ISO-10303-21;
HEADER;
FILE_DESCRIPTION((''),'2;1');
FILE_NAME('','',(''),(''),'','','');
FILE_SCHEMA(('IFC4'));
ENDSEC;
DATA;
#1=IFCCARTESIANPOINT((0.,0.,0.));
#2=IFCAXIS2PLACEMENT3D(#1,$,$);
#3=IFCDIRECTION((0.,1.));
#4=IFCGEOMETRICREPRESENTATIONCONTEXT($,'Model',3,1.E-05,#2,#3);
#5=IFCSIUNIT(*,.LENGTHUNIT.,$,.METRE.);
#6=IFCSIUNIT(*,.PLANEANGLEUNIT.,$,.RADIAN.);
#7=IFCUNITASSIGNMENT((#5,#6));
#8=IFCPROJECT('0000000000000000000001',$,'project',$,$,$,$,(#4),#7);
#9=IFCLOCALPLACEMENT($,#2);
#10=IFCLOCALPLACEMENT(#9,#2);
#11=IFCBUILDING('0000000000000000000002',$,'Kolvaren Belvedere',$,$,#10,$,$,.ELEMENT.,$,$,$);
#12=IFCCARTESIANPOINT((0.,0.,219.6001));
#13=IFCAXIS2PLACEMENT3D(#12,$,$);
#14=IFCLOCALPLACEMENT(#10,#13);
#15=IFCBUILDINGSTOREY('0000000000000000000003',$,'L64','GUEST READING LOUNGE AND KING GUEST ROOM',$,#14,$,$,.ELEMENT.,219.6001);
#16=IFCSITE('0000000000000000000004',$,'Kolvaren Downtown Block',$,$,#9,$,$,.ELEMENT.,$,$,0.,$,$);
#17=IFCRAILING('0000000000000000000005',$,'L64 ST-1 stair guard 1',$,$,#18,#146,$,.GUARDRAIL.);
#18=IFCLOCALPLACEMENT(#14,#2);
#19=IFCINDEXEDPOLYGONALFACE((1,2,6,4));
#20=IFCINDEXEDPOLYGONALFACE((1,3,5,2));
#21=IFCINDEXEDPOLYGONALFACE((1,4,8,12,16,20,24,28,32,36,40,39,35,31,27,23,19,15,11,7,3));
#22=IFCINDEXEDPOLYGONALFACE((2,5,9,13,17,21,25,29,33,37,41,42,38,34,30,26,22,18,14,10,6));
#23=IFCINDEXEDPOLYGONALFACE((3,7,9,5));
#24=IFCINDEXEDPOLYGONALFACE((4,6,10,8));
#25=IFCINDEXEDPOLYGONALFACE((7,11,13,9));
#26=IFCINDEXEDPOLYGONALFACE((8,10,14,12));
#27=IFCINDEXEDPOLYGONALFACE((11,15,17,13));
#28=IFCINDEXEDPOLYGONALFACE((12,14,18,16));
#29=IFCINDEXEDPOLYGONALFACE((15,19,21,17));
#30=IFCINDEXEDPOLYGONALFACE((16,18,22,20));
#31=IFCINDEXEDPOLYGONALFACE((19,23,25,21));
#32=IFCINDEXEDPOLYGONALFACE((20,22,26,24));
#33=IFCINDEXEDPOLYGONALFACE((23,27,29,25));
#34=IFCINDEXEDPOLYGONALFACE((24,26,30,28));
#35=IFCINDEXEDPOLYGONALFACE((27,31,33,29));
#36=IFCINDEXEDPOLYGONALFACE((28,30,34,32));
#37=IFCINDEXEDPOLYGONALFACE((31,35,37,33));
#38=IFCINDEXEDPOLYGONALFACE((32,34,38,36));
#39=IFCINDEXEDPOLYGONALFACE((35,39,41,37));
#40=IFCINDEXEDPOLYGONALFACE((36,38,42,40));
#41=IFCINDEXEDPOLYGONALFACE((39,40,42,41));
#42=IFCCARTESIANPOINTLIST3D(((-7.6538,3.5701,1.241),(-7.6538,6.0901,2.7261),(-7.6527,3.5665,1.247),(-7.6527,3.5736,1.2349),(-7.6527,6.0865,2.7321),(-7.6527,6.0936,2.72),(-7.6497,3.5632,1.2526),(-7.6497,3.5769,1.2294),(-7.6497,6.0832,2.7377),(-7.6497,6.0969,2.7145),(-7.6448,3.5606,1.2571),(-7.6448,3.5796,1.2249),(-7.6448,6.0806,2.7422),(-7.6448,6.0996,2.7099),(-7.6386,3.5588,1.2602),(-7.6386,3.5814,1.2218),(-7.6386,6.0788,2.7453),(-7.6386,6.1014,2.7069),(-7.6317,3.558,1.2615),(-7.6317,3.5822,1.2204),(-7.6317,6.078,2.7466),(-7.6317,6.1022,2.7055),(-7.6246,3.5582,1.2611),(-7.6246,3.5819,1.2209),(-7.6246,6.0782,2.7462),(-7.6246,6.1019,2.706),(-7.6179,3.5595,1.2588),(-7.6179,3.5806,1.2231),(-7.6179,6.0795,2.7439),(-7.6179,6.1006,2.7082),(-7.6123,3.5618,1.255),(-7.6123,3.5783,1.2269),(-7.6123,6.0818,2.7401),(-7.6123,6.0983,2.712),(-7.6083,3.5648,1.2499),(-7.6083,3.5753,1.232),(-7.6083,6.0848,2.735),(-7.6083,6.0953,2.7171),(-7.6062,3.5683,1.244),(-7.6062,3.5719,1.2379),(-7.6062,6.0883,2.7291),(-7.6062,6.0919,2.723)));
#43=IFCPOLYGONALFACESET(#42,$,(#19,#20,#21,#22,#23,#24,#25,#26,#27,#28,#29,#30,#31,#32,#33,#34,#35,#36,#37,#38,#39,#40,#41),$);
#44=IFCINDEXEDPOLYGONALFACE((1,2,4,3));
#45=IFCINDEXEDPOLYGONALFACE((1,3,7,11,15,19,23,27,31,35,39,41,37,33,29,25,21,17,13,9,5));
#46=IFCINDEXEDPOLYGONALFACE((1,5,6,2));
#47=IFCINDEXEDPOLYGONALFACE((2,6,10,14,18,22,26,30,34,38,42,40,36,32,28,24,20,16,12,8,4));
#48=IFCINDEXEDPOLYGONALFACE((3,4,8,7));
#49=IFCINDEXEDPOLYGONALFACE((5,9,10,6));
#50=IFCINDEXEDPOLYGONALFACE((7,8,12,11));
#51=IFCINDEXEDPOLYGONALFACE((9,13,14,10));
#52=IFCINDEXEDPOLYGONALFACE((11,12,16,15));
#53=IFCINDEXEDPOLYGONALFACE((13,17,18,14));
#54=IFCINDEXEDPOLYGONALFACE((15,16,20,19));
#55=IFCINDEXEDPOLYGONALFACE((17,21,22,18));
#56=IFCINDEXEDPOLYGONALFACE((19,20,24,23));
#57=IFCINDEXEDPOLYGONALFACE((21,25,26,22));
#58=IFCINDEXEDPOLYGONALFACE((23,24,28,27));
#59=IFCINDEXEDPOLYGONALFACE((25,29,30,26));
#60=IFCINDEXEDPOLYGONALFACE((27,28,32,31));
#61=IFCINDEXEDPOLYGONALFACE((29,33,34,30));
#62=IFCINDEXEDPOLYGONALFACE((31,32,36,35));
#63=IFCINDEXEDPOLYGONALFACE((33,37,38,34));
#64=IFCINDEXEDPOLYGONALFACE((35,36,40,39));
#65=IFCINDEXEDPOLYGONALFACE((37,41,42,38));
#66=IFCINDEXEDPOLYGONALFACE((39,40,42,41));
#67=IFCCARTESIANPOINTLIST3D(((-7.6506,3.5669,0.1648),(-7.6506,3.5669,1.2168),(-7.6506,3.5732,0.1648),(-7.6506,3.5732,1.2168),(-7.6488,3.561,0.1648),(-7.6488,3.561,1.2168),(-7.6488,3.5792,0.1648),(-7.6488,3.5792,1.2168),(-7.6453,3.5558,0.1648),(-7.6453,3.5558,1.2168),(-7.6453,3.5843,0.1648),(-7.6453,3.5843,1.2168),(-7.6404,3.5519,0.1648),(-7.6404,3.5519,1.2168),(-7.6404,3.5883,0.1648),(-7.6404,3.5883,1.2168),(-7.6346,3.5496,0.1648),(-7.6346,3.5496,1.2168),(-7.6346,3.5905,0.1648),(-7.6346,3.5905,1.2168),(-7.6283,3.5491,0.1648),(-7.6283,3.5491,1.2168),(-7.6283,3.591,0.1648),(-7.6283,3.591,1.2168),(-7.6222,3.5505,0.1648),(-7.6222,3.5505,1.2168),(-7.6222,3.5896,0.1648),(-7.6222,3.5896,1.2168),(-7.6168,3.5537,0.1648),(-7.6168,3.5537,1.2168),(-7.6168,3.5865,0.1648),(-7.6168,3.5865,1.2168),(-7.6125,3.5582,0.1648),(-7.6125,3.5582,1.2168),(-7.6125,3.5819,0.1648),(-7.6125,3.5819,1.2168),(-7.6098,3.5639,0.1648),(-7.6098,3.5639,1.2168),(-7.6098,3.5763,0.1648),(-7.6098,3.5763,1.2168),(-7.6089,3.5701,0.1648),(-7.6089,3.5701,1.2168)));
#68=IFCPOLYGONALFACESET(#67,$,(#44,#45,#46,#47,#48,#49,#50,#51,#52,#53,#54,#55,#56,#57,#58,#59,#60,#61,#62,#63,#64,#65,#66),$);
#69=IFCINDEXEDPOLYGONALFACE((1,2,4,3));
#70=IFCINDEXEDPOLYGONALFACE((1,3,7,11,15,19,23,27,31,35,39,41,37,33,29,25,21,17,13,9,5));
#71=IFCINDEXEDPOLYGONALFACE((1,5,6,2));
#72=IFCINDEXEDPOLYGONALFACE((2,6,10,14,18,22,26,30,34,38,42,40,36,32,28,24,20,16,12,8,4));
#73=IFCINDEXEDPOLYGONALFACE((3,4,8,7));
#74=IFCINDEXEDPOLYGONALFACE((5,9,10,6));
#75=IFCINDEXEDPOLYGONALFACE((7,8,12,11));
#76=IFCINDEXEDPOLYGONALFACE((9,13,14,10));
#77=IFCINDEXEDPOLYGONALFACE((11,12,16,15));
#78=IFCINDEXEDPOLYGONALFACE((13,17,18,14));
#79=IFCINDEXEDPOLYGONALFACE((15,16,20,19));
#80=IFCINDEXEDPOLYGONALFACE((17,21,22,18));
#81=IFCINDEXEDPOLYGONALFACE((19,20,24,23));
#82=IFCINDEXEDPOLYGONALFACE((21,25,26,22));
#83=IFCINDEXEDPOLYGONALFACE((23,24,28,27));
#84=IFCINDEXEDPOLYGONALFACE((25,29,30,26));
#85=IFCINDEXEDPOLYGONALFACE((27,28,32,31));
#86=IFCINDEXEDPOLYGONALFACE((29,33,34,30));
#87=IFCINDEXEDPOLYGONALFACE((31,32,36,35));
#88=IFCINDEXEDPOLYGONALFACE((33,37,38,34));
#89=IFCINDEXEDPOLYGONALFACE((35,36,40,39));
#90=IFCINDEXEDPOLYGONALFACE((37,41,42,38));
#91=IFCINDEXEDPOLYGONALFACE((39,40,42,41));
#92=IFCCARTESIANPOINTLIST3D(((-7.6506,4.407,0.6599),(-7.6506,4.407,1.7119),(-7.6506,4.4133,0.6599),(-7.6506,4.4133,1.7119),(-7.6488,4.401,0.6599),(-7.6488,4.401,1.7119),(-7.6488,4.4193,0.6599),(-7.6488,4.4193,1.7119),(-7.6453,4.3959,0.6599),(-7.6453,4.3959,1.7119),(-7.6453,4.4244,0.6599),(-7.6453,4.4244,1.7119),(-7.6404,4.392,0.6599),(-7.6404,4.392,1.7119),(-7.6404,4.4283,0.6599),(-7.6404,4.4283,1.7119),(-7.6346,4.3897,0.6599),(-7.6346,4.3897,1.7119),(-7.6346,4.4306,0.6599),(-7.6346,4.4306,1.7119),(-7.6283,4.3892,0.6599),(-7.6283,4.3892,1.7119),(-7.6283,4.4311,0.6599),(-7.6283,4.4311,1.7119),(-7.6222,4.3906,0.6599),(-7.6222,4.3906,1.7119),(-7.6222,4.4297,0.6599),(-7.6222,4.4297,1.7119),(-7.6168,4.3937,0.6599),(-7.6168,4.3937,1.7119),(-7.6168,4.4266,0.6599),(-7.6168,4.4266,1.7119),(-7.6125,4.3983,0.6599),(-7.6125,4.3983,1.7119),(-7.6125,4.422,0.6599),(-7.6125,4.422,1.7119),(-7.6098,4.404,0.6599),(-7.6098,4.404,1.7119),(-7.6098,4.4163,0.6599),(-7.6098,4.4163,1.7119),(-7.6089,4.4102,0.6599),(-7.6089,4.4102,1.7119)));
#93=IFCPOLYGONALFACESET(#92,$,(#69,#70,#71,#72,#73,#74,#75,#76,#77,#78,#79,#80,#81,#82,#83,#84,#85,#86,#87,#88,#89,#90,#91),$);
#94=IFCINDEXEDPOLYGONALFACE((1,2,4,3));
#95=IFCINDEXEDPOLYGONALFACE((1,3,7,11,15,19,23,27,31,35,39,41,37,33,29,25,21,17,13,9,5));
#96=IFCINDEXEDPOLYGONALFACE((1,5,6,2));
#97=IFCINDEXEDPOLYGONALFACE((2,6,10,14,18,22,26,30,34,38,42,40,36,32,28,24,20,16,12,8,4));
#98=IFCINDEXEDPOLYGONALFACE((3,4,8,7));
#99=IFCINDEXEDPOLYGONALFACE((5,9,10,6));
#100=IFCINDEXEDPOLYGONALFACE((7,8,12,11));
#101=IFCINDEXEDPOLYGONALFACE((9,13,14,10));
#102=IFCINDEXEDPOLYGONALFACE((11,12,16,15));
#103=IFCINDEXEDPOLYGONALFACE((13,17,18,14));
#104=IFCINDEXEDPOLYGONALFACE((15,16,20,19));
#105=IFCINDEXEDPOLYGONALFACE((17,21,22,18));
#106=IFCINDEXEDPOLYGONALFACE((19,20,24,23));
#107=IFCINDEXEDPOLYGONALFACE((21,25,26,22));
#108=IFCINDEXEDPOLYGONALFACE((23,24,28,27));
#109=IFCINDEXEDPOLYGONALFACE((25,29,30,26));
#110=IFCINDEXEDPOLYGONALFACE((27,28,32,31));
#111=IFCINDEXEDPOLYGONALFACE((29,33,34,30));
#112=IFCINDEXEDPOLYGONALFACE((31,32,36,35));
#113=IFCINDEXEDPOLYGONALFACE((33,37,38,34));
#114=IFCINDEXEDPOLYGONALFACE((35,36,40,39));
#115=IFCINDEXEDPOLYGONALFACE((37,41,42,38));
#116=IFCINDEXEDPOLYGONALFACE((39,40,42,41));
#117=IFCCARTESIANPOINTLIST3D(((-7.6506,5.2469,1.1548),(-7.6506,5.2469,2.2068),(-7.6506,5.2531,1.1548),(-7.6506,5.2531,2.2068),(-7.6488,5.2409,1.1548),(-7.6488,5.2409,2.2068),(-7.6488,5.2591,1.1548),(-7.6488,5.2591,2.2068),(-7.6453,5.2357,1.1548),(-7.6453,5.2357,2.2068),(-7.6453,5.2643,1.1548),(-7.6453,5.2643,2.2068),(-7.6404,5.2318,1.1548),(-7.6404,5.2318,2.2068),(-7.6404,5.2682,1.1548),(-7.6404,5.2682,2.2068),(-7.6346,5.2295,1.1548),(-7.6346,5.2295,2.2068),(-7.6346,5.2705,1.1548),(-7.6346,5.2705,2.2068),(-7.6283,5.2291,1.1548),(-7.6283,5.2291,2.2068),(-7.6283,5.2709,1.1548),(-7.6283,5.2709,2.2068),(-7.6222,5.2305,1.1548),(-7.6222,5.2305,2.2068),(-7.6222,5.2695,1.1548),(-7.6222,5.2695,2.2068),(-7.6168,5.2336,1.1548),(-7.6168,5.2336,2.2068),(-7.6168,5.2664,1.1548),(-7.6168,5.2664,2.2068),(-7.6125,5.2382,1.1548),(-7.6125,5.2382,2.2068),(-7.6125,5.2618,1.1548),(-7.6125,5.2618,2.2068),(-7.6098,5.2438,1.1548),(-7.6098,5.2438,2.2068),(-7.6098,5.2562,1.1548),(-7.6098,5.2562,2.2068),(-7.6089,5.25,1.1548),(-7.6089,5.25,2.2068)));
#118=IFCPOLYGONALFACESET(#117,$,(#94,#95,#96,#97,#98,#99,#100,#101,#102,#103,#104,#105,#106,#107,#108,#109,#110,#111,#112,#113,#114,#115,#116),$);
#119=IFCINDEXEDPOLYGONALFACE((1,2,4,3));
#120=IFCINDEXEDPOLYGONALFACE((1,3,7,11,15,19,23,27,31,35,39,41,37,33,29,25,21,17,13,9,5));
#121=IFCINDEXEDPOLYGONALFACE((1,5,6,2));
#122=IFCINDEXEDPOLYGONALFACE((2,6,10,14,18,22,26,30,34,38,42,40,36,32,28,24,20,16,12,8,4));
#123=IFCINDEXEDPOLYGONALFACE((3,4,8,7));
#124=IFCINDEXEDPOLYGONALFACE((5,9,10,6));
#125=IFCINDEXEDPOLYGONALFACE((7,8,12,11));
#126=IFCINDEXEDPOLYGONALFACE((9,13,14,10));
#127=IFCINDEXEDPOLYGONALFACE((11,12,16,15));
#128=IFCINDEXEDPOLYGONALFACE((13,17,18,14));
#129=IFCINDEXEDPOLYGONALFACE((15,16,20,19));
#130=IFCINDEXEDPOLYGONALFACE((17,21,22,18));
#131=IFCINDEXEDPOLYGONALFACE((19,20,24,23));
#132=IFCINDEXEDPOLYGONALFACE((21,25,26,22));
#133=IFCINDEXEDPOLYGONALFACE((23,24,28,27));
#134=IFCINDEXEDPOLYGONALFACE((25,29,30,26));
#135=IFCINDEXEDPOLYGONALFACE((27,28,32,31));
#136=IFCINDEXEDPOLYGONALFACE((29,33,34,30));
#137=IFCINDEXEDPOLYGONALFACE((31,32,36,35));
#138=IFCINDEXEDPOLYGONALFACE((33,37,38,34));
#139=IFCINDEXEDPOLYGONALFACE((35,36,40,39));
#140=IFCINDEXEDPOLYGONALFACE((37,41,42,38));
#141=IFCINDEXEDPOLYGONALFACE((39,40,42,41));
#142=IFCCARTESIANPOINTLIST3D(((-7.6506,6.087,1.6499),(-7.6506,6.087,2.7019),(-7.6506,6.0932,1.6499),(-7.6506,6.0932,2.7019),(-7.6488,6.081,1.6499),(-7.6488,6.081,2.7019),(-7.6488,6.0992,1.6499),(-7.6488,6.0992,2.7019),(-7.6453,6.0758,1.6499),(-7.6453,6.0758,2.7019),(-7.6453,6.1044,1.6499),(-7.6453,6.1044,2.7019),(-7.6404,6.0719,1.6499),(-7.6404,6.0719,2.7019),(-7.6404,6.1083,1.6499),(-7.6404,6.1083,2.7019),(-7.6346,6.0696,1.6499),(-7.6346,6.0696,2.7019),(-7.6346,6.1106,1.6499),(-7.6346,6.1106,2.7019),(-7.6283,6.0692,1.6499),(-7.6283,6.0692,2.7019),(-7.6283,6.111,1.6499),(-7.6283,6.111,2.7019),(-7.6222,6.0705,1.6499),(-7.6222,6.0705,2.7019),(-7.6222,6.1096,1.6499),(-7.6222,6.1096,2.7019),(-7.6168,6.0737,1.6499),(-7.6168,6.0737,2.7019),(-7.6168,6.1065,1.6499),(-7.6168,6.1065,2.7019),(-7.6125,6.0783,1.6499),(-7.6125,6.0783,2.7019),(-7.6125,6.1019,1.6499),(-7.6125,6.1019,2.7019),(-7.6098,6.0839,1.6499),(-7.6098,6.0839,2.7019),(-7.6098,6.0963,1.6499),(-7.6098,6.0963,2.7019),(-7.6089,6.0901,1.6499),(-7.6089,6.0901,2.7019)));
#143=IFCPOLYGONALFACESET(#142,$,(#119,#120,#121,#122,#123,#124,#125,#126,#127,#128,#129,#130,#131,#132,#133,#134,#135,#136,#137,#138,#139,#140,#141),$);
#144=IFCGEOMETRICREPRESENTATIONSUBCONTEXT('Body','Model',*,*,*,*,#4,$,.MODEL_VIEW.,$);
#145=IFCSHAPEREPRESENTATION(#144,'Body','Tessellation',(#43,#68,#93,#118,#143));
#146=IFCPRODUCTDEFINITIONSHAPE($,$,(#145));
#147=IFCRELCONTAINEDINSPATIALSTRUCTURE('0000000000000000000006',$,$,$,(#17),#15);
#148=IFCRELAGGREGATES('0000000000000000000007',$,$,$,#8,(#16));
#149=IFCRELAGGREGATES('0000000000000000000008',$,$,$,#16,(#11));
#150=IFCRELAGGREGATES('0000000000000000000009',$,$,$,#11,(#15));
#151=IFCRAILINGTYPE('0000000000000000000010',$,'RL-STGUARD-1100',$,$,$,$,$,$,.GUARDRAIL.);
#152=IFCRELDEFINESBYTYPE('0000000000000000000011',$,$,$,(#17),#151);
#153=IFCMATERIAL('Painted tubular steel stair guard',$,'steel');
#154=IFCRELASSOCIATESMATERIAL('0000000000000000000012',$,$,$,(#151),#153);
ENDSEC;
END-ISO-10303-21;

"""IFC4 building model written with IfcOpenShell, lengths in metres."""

from ifc_helpers import new_model, si_unit, direction, frame, origin, origin_2d, place, context, subcontext, project, spatial, circle, extrude, material, type_object, element, save


model = new_model("IFC4")

# Units and contexts
model_context = context("Model", 3, precision=1e-05, world=origin(), true_north=direction((0.0, 1.0)))
body_context = subcontext(model_context, "Body", "Model", "MODEL_VIEW")
ifc_project = project(units=[si_unit("LENGTHUNIT", "METRE"), si_unit("PLANEANGLEUNIT", "RADIAN")], contexts=[model_context])

# Site, building, storey
site_placement = place(None, origin())
site = spatial("IfcSite", under=ifc_project, at=site_placement, Name="Kolvaren Downtown Block", CompositionType="ELEMENT", RefElevation=0.0)
building_placement = place(site_placement, origin())
building = spatial("IfcBuilding", under=site, at=building_placement, Name="Kolvaren Belvedere", CompositionType="ELEMENT")
storey_placement = place(building_placement, frame((0.0, 0.0, 219.6001)))
storey = spatial("IfcBuildingStorey", under=building, at=storey_placement, Name="L64", Description="GUEST READING LOUNGE AND KING GUEST ROOM", CompositionType="ELEMENT", Elevation=219.6001)

# Railing
ifc_material_1 = material(Name="Painted tubular steel stair guard", Category="steel")
railing_type_1 = type_object("IfcRailingType", Name="RL-STGUARD-1100", PredefinedType="GUARDRAIL", material=ifc_material_1)
railing_1_placement = place(storey_placement, frame((-7.6299, 3.5701, 0.1648)))
element("IfcRailing", 1, at=railing_1_placement, inside=storey, type_object=railing_type_1, Name="L64 ST-1 stair guard 1", PredefinedType="GUARDRAIL", context=body_context, shape_type="SweptSolid", body=[
    extrude(circle(Radius=0.0239, at=origin_2d()), frame((0.0, 0.0, 1.0762), z_axis=(0.0, 0.861524, 0.507717), x_axis=(-1.0, 0.0, 0.0)), (0.0, 0.0, 1.0), 2.925),
    extrude(circle(Radius=0.021, at=origin_2d()), origin(), (0.0, 0.0, 1.0), 1.052),
    extrude(circle(Radius=0.021, at=origin_2d()), frame((0.0, 0.8401, 0.4951)), (0.0, 0.0, 1.0), 1.052),
    extrude(circle(Radius=0.021, at=origin_2d()), frame((0.0, 1.6799, 0.99)), (0.0, 0.0, 1.0), 1.052),
    extrude(circle(Radius=0.021, at=origin_2d()), frame((0.0, 2.52, 1.4851)), (0.0, 0.0, 1.0), 1.052),
])

save(model, "model.ifc")
